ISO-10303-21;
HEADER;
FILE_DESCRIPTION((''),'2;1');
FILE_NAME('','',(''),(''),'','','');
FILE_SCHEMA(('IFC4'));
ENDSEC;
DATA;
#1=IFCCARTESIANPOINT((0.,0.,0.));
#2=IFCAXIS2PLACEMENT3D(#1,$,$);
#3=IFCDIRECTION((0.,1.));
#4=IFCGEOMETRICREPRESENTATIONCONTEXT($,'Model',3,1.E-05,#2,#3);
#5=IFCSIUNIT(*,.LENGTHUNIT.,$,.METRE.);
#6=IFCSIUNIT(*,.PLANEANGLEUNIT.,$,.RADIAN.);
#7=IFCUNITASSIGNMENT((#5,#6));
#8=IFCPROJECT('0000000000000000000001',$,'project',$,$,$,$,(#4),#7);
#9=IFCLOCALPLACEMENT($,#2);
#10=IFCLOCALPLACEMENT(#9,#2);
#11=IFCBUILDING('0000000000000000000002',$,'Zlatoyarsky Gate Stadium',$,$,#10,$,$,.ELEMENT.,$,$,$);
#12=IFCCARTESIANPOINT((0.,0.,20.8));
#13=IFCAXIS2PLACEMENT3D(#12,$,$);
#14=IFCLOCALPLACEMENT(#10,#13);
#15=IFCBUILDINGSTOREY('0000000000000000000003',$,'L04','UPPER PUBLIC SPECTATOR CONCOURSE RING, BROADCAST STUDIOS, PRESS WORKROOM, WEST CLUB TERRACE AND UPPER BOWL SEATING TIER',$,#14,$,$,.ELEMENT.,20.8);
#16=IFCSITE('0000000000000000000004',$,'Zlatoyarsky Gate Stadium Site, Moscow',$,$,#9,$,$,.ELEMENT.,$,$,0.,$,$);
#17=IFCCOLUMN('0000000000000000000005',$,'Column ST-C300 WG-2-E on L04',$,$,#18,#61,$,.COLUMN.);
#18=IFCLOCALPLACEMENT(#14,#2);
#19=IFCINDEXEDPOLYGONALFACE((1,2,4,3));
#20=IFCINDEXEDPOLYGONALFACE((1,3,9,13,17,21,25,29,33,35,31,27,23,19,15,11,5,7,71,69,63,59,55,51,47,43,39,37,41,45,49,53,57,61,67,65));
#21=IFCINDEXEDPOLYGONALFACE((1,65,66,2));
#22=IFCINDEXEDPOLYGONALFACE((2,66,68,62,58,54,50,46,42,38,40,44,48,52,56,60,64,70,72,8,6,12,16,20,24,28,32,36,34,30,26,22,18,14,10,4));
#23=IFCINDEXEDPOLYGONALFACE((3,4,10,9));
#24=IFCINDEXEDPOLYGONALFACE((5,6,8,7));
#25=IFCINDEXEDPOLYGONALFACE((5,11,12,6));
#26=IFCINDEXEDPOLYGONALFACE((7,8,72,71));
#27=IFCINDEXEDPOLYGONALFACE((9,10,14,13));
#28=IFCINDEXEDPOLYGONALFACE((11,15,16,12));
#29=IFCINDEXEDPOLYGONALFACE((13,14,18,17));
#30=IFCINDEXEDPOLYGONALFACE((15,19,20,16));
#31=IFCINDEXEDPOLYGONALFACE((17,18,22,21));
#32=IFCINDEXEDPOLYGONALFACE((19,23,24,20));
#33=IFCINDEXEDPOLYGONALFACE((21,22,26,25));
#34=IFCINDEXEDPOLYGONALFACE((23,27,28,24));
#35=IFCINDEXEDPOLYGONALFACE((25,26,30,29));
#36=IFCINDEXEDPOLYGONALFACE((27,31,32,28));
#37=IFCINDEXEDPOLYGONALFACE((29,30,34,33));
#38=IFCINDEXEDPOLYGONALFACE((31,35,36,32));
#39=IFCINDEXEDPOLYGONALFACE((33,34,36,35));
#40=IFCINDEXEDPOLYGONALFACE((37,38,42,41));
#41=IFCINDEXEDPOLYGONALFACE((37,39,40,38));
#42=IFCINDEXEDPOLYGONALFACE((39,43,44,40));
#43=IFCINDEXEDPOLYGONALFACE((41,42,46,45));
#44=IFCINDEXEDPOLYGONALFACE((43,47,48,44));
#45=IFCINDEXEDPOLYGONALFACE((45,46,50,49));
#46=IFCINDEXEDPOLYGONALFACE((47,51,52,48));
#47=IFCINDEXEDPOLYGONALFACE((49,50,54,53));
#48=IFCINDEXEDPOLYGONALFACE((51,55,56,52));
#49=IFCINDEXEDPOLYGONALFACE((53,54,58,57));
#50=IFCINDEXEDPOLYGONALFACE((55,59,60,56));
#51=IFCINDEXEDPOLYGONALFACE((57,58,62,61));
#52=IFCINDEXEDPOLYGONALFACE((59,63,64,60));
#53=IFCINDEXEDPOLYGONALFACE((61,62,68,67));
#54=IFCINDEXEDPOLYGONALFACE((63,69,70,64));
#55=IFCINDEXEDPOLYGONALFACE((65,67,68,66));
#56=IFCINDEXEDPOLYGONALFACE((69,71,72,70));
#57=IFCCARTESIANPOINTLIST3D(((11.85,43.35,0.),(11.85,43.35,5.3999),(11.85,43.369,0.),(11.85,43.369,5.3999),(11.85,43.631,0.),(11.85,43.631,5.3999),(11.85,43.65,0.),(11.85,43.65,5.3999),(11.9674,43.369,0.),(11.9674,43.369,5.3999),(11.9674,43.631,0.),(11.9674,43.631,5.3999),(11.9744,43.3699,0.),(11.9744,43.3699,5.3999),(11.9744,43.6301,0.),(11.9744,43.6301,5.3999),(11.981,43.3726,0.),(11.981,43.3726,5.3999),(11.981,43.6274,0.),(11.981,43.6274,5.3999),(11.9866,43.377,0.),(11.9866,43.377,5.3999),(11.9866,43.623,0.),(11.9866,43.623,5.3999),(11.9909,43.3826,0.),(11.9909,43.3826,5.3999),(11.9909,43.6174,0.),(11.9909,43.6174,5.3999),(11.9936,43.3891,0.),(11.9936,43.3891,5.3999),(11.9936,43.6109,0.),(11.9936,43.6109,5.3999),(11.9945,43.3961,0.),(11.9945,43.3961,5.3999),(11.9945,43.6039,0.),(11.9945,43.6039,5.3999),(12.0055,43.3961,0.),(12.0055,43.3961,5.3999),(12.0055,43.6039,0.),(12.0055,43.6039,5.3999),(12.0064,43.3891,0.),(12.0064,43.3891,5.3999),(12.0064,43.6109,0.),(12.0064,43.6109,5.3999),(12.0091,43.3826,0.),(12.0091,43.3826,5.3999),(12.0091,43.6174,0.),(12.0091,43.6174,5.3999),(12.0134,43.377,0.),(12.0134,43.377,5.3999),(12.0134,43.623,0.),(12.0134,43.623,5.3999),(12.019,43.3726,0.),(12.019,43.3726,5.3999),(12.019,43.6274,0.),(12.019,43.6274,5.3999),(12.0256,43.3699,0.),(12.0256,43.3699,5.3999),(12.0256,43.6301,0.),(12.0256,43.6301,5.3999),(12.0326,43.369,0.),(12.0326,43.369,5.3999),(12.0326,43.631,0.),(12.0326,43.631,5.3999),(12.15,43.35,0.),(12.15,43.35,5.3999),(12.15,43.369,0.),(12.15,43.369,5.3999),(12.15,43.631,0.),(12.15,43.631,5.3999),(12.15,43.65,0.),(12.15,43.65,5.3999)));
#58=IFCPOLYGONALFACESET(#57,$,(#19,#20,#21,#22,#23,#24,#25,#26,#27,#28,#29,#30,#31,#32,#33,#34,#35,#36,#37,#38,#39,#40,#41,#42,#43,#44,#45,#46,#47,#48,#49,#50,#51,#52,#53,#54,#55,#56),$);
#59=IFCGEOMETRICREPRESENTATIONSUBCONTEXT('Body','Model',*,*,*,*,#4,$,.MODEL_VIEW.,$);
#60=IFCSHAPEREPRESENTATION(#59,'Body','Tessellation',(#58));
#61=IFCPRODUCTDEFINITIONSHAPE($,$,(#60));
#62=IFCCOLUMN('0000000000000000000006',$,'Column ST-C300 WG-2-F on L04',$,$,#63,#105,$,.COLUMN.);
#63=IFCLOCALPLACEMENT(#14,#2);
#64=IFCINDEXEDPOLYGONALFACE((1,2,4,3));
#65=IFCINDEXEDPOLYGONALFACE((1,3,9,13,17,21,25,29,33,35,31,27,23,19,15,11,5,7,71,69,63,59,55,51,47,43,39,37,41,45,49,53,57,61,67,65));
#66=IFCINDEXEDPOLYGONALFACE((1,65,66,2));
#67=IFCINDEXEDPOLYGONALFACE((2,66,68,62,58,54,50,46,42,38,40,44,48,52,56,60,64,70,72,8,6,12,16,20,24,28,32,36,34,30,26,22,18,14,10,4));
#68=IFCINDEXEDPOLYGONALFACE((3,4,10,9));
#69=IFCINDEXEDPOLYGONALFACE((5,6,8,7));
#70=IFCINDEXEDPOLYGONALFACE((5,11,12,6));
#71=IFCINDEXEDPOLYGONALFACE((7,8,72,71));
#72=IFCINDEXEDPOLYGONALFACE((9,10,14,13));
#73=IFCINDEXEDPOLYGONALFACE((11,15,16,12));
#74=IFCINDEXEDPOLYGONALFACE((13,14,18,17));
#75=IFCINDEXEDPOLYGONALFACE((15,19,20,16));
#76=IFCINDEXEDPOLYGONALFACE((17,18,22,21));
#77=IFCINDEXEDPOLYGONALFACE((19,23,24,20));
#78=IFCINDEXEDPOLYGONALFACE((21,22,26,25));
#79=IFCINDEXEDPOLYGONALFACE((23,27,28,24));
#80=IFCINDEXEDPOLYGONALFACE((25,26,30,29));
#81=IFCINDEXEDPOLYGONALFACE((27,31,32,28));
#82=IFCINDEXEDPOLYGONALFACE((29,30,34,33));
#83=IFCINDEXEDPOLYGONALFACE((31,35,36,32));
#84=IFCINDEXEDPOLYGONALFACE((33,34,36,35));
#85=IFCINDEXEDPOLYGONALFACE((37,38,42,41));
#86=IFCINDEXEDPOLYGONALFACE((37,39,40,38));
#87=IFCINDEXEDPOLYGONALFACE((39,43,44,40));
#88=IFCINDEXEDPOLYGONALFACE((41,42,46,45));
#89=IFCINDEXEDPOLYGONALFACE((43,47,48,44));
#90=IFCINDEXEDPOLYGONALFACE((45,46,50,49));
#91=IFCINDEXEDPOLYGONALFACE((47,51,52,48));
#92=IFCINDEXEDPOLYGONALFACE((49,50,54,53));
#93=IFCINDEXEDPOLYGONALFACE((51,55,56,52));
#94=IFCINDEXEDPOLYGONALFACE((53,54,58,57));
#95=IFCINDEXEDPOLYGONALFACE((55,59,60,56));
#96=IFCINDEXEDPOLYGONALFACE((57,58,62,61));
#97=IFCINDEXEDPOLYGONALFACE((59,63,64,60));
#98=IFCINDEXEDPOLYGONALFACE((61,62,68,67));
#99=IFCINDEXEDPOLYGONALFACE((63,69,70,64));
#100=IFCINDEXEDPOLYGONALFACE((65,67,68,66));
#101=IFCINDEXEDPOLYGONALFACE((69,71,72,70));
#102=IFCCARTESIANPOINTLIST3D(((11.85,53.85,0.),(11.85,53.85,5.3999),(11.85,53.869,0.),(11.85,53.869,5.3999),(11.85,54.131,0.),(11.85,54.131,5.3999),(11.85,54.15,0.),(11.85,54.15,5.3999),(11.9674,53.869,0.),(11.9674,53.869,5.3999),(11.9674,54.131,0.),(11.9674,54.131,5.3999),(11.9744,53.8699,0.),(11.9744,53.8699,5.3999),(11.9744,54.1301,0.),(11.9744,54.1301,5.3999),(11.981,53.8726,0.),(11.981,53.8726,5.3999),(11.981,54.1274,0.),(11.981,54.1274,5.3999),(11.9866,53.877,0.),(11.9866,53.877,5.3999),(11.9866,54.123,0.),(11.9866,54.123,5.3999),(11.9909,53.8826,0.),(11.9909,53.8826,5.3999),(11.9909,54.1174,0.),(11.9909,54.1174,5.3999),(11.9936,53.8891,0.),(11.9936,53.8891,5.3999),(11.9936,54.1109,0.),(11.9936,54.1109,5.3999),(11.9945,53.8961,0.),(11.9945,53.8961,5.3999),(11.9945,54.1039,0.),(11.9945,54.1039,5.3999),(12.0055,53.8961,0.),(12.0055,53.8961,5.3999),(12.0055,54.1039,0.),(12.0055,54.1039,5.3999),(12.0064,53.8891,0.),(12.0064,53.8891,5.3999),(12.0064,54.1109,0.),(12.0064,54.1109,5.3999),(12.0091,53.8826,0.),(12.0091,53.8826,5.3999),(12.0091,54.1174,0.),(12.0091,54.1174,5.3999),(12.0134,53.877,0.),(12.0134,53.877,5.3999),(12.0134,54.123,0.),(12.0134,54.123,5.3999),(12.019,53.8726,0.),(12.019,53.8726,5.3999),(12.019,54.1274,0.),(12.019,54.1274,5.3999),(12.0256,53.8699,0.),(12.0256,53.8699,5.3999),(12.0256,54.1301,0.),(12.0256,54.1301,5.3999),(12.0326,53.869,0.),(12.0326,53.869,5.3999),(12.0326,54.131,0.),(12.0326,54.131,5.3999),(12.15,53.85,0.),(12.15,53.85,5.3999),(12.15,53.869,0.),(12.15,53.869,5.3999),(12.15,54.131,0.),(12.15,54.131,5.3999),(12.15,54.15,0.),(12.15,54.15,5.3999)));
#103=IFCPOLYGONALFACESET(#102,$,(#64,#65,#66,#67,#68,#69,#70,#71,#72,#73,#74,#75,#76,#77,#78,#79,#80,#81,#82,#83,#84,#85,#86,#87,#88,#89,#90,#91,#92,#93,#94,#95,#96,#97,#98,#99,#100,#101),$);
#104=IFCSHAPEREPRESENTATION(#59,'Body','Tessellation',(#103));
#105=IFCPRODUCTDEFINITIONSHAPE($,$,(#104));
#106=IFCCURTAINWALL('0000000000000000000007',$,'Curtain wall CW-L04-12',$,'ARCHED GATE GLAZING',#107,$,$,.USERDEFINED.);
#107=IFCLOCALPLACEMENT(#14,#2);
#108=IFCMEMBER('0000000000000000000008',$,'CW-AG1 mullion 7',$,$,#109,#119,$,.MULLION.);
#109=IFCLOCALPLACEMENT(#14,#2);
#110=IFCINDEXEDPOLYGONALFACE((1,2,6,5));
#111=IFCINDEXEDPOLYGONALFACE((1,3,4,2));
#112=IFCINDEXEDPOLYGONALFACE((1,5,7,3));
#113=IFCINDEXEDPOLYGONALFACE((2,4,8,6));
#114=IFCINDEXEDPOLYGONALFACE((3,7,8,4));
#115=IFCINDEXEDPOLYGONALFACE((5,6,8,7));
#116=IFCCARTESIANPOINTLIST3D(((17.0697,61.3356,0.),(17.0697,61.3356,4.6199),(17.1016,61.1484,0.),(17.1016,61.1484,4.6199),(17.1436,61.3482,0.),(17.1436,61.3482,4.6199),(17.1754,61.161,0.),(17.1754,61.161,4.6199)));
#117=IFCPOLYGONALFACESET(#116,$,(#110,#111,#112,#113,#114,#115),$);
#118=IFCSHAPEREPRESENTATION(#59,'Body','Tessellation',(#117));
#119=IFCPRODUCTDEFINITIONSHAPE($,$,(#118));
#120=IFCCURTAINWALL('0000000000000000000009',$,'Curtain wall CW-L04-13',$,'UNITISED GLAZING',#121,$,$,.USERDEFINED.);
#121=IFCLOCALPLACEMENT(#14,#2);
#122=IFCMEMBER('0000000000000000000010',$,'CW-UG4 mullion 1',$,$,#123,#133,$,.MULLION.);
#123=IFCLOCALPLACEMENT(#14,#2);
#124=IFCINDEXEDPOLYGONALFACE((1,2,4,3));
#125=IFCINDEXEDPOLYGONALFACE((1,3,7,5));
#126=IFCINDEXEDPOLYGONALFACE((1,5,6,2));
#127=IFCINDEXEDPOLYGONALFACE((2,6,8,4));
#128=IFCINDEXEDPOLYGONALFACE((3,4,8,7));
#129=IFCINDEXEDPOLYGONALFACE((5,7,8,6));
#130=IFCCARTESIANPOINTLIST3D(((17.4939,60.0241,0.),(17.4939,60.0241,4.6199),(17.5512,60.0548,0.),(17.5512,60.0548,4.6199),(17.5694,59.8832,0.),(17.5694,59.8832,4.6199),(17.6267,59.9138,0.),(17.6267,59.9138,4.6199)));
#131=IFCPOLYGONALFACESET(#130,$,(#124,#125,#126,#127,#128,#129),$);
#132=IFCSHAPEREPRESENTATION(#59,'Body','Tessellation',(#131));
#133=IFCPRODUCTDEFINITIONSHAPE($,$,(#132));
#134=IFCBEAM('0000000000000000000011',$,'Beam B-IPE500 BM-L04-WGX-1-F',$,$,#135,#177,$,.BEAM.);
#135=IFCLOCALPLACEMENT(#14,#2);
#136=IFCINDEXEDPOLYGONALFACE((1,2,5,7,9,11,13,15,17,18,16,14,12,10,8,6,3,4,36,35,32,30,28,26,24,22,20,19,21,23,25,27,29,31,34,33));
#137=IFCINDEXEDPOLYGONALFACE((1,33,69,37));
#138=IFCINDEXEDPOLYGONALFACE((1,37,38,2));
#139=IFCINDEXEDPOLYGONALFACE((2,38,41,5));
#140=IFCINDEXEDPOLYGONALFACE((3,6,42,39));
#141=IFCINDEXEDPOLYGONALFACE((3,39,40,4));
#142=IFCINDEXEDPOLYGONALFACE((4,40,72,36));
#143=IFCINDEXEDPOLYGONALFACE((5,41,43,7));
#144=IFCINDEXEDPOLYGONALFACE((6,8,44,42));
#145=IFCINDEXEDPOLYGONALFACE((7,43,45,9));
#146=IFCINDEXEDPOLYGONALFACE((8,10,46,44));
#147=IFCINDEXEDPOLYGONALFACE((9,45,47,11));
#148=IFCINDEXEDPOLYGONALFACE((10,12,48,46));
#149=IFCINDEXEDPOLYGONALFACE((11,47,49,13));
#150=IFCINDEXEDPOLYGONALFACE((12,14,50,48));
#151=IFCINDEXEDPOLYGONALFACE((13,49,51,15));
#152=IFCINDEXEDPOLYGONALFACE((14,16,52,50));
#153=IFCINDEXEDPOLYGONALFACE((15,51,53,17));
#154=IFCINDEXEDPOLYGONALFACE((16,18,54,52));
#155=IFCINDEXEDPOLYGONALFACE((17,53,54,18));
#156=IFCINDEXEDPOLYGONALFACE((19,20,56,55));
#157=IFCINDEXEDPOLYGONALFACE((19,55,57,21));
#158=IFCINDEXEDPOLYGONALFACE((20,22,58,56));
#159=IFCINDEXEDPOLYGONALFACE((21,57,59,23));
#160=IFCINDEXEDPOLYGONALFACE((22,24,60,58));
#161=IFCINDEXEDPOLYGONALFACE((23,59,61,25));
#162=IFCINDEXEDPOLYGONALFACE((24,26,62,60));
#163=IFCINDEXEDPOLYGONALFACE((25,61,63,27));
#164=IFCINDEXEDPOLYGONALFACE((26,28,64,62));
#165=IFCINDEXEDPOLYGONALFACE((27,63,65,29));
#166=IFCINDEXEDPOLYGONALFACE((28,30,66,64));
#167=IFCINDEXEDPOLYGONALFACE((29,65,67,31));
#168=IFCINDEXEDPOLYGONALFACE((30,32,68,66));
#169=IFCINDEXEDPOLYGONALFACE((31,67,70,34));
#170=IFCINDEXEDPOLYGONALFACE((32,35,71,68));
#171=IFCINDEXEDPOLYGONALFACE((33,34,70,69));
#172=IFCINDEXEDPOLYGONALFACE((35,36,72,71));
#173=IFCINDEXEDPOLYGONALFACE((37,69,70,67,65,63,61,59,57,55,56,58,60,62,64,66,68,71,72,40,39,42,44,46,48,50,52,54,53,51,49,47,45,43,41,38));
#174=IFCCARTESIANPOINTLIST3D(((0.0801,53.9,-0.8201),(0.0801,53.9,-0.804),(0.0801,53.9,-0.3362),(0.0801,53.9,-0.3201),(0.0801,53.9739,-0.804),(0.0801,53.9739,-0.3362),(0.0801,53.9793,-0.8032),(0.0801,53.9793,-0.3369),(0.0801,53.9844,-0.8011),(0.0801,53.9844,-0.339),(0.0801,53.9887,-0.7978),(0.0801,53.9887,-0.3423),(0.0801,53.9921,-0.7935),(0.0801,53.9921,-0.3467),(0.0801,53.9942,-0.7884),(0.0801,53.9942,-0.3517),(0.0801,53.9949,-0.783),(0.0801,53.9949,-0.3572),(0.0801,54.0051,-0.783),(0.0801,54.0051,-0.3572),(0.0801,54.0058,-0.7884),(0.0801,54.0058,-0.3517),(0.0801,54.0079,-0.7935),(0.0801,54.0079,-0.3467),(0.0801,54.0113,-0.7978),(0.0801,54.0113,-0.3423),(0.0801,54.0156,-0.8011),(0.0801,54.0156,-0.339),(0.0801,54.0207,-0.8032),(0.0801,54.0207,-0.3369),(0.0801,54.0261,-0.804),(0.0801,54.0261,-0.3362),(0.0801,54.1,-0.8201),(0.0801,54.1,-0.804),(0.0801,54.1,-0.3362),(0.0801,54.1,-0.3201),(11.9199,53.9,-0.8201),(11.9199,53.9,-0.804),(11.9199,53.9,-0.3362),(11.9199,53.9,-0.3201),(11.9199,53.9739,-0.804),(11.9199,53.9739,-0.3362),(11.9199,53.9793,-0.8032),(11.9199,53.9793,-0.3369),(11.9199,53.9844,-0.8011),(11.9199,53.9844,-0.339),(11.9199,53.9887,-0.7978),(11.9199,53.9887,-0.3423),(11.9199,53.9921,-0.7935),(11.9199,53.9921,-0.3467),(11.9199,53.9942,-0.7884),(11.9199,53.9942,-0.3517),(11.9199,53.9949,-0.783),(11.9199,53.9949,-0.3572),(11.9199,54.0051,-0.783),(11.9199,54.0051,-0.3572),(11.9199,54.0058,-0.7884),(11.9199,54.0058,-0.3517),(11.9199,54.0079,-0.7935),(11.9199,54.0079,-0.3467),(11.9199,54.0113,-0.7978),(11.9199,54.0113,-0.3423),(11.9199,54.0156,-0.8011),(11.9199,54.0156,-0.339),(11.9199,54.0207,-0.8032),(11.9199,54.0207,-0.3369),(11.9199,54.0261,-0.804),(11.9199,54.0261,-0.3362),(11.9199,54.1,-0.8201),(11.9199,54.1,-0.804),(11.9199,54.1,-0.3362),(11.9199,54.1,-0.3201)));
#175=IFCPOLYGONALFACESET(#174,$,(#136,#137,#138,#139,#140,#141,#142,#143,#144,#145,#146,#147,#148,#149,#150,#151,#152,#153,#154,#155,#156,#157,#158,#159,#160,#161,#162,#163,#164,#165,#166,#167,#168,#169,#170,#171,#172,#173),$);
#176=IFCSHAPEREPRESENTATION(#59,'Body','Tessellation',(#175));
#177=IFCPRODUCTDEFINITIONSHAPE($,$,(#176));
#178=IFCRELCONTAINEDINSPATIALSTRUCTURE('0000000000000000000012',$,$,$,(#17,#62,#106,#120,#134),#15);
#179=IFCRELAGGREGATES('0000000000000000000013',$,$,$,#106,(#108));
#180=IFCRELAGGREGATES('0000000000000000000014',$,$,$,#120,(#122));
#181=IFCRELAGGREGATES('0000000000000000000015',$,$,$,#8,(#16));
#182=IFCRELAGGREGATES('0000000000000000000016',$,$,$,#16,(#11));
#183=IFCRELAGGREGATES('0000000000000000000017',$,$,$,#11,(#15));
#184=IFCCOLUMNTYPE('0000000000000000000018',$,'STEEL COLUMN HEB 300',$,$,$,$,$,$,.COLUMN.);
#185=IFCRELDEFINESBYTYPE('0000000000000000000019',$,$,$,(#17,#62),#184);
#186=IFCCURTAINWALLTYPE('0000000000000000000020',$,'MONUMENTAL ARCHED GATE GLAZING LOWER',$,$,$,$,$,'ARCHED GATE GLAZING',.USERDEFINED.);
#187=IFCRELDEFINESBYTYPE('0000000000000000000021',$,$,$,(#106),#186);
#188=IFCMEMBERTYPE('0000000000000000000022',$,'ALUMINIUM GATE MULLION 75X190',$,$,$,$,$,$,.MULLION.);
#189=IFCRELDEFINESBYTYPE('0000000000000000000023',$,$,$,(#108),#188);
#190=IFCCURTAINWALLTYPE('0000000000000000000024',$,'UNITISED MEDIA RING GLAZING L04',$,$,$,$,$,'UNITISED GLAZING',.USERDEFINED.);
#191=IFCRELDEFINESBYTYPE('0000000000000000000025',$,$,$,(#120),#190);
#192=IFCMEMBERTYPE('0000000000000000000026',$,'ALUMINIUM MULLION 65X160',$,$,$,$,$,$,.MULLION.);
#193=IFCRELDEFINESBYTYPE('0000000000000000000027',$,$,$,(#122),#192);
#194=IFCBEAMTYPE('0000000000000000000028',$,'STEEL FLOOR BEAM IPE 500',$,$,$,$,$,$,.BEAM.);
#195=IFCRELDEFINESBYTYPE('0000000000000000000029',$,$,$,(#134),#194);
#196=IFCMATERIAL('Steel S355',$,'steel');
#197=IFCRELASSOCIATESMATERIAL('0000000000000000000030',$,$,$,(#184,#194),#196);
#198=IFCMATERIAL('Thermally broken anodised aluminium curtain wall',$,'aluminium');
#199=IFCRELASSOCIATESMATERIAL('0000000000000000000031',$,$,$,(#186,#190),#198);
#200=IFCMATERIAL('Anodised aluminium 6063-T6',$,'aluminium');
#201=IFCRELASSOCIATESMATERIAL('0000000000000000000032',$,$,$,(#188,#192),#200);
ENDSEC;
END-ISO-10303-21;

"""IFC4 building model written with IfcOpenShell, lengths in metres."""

from ifc_helpers import new_model, si_unit, direction, frame, origin, origin_2d, place, context, subcontext, project, spatial, rectangle, i_section, extrude, material, material_profile, profile_set, type_object, element, aggregate, save


model = new_model("IFC4")

# Units and contexts
model_context = context("Model", 3, precision=1e-05, world=origin(), true_north=direction((0.0, 1.0)))
body_context = subcontext(model_context, "Body", "Model", "MODEL_VIEW")
ifc_project = project(units=[si_unit("LENGTHUNIT", "METRE"), si_unit("PLANEANGLEUNIT", "RADIAN")], contexts=[model_context])

# Site, building, storey
site_placement = place(None, origin())
site = spatial("IfcSite", under=ifc_project, at=site_placement, Name="Zlatoyarsky Gate Stadium Site, Moscow", CompositionType="ELEMENT", RefElevation=0.0)
building_placement = place(site_placement, origin())
building = spatial("IfcBuilding", under=site, at=building_placement, Name="Zlatoyarsky Gate Stadium", CompositionType="ELEMENT")
storey_placement = place(building_placement, frame((0.0, 0.0, 20.8)))
storey = spatial("IfcBuildingStorey", under=building, at=storey_placement, Name="L04", Description="UPPER PUBLIC SPECTATOR CONCOURSE RING, BROADCAST STUDIOS, PRESS WORKROOM, WEST CLUB TERRACE AND UPPER BOWL SEATING TIER", CompositionType="ELEMENT", Elevation=20.8)

# Columns
ifc_material_1 = material(Name="Steel S355", Category="steel")
ifc_material_profile_1 = material_profile(ifc_material_1, i_section(OverallWidth=0.3, OverallDepth=0.3, WebThickness=0.011, FlangeThickness=0.019, FilletRadius=0.0271, at=origin_2d()), Name="HEB 300")
ifc_profile_set_1 = profile_set([ifc_material_profile_1], Name="Steel S355")
column_type = type_object("IfcColumnType", Name="STEEL COLUMN HEB 300", PredefinedType="COLUMN", material=ifc_profile_set_1)
for number, where, z_axis, x_axis, name in (
    (1, (12.0, 43.5, 0.0), (0.0, 0.0, 1.0), (1.0, 0.0, 0.0), "Column ST-C300 WG-2-E on L04"),
    (2, (12.0, 54.0, 0.0), (0.0, 0.0, 1.0), (1.0, 0.0, 0.0), "Column ST-C300 WG-2-F on L04"),
):
    element("IfcColumn", number, at=place(storey_placement, frame(where, z_axis=z_axis, x_axis=x_axis)), inside=storey, type_object=column_type, Name=name, PredefinedType="COLUMN", context=body_context, shape_type="SweptSolid", body=[
        extrude(i_section(OverallWidth=0.3, OverallDepth=0.3, WebThickness=0.011, FlangeThickness=0.019, FilletRadius=0.0271, at=origin_2d()), origin(), (0.0, 0.0, 1.0), 5.3999),
    ])

# Curtain walls, members
ifc_material_2 = material(Name="Thermally broken anodised aluminium curtain wall", Category="aluminium")
curtain_wall_type_1 = type_object("IfcCurtainWallType", Name="MONUMENTAL ARCHED GATE GLAZING LOWER", ElementType="ARCHED GATE GLAZING", PredefinedType="USERDEFINED", material=ifc_material_2)
curtain_wall_1_placement = place(storey_placement, origin())
curtain_wall_1 = element("IfcCurtainWall", 3, at=curtain_wall_1_placement, inside=storey, type_object=curtain_wall_type_1, Name="Curtain wall CW-L04-12", ObjectType="ARCHED GATE GLAZING", PredefinedType="USERDEFINED")
ifc_material_3 = material(Name="Anodised aluminium 6063-T6", Category="aluminium")
ifc_material_profile_2 = material_profile(ifc_material_3, rectangle(XDim=0.075, YDim=0.1899, at=origin_2d()), Name="ALU 75X190")
ifc_profile_set_2 = profile_set([ifc_material_profile_2], Name="Anodised aluminium 6063-T6")
member_type_1 = type_object("IfcMemberType", Name="ALUMINIUM GATE MULLION 75X190", PredefinedType="MULLION", material=ifc_profile_set_2)
member_1_placement = place(storey_placement, frame((17.1226, 61.2483, 0.0), z_axis=(0.0, 0.0, 1.0), x_axis=(0.985817, 0.167822, 0.0)))
member_1 = element("IfcMember", 4, at=member_1_placement, type_object=member_type_1, Name="CW-AG1 mullion 7", PredefinedType="MULLION", context=body_context, shape_type="SweptSolid", body=[
    extrude(rectangle(XDim=0.075, YDim=0.1899, at=origin_2d()), origin(), (0.0, 0.0, 1.0), 4.6199),
])
aggregate(curtain_wall_1, [member_1])
curtain_wall_type_2 = type_object("IfcCurtainWallType", Name="UNITISED MEDIA RING GLAZING L04", ElementType="UNITISED GLAZING", PredefinedType="USERDEFINED", material=ifc_material_2)
curtain_wall_2_placement = place(storey_placement, origin())
curtain_wall_2 = element("IfcCurtainWall", 5, at=curtain_wall_2_placement, inside=storey, type_object=curtain_wall_type_2, Name="Curtain wall CW-L04-13", ObjectType="UNITISED GLAZING", PredefinedType="USERDEFINED")
ifc_material_profile_3 = material_profile(ifc_material_3, rectangle(XDim=0.0649, YDim=0.1599, at=origin_2d()), Name="ALU 65X160")
ifc_profile_set_3 = profile_set([ifc_material_profile_3], Name="Anodised aluminium 6063-T6")
member_type_2 = type_object("IfcMemberType", Name="ALUMINIUM MULLION 65X160", PredefinedType="MULLION", material=ifc_profile_set_3)
member_2_placement = place(storey_placement, frame((17.5603, 59.969, 0.0), z_axis=(0.0, 0.0, 1.0), x_axis=(0.881521, 0.472145, 0.0)))
member_2 = element("IfcMember", 6, at=member_2_placement, type_object=member_type_2, Name="CW-UG4 mullion 1", PredefinedType="MULLION", context=body_context, shape_type="SweptSolid", body=[
    extrude(rectangle(XDim=0.0649, YDim=0.1599, at=origin_2d()), origin(), (0.0, 0.0, 1.0), 4.6199),
])
aggregate(curtain_wall_2, [member_2])

# Beam
ifc_material_profile_4 = material_profile(ifc_material_1, i_section(OverallWidth=0.2, OverallDepth=0.5, WebThickness=0.0103, FlangeThickness=0.0161, FilletRadius=0.021, at=origin_2d()), Name="IPE 500")
ifc_profile_set_4 = profile_set([ifc_material_profile_4], Name="Steel S355")
beam_type_1 = type_object("IfcBeamType", Name="STEEL FLOOR BEAM IPE 500", PredefinedType="BEAM", material=ifc_profile_set_4)
beam_1_placement = place(storey_placement, frame((0.0801, 54.0, -0.5701), z_axis=(1.0, 0.0, 0.0), x_axis=(0.0, 1.0, 0.0)))
element("IfcBeam", 7, at=beam_1_placement, inside=storey, type_object=beam_type_1, Name="Beam B-IPE500 BM-L04-WGX-1-F", PredefinedType="BEAM", context=body_context, shape_type="SweptSolid", body=[
    extrude(i_section(OverallWidth=0.2, OverallDepth=0.5, WebThickness=0.0103, FlangeThickness=0.0161, FilletRadius=0.021, at=origin_2d()), origin(), (0.0, 0.0, 1.0), 11.8398),
])

save(model, "model.ifc")
